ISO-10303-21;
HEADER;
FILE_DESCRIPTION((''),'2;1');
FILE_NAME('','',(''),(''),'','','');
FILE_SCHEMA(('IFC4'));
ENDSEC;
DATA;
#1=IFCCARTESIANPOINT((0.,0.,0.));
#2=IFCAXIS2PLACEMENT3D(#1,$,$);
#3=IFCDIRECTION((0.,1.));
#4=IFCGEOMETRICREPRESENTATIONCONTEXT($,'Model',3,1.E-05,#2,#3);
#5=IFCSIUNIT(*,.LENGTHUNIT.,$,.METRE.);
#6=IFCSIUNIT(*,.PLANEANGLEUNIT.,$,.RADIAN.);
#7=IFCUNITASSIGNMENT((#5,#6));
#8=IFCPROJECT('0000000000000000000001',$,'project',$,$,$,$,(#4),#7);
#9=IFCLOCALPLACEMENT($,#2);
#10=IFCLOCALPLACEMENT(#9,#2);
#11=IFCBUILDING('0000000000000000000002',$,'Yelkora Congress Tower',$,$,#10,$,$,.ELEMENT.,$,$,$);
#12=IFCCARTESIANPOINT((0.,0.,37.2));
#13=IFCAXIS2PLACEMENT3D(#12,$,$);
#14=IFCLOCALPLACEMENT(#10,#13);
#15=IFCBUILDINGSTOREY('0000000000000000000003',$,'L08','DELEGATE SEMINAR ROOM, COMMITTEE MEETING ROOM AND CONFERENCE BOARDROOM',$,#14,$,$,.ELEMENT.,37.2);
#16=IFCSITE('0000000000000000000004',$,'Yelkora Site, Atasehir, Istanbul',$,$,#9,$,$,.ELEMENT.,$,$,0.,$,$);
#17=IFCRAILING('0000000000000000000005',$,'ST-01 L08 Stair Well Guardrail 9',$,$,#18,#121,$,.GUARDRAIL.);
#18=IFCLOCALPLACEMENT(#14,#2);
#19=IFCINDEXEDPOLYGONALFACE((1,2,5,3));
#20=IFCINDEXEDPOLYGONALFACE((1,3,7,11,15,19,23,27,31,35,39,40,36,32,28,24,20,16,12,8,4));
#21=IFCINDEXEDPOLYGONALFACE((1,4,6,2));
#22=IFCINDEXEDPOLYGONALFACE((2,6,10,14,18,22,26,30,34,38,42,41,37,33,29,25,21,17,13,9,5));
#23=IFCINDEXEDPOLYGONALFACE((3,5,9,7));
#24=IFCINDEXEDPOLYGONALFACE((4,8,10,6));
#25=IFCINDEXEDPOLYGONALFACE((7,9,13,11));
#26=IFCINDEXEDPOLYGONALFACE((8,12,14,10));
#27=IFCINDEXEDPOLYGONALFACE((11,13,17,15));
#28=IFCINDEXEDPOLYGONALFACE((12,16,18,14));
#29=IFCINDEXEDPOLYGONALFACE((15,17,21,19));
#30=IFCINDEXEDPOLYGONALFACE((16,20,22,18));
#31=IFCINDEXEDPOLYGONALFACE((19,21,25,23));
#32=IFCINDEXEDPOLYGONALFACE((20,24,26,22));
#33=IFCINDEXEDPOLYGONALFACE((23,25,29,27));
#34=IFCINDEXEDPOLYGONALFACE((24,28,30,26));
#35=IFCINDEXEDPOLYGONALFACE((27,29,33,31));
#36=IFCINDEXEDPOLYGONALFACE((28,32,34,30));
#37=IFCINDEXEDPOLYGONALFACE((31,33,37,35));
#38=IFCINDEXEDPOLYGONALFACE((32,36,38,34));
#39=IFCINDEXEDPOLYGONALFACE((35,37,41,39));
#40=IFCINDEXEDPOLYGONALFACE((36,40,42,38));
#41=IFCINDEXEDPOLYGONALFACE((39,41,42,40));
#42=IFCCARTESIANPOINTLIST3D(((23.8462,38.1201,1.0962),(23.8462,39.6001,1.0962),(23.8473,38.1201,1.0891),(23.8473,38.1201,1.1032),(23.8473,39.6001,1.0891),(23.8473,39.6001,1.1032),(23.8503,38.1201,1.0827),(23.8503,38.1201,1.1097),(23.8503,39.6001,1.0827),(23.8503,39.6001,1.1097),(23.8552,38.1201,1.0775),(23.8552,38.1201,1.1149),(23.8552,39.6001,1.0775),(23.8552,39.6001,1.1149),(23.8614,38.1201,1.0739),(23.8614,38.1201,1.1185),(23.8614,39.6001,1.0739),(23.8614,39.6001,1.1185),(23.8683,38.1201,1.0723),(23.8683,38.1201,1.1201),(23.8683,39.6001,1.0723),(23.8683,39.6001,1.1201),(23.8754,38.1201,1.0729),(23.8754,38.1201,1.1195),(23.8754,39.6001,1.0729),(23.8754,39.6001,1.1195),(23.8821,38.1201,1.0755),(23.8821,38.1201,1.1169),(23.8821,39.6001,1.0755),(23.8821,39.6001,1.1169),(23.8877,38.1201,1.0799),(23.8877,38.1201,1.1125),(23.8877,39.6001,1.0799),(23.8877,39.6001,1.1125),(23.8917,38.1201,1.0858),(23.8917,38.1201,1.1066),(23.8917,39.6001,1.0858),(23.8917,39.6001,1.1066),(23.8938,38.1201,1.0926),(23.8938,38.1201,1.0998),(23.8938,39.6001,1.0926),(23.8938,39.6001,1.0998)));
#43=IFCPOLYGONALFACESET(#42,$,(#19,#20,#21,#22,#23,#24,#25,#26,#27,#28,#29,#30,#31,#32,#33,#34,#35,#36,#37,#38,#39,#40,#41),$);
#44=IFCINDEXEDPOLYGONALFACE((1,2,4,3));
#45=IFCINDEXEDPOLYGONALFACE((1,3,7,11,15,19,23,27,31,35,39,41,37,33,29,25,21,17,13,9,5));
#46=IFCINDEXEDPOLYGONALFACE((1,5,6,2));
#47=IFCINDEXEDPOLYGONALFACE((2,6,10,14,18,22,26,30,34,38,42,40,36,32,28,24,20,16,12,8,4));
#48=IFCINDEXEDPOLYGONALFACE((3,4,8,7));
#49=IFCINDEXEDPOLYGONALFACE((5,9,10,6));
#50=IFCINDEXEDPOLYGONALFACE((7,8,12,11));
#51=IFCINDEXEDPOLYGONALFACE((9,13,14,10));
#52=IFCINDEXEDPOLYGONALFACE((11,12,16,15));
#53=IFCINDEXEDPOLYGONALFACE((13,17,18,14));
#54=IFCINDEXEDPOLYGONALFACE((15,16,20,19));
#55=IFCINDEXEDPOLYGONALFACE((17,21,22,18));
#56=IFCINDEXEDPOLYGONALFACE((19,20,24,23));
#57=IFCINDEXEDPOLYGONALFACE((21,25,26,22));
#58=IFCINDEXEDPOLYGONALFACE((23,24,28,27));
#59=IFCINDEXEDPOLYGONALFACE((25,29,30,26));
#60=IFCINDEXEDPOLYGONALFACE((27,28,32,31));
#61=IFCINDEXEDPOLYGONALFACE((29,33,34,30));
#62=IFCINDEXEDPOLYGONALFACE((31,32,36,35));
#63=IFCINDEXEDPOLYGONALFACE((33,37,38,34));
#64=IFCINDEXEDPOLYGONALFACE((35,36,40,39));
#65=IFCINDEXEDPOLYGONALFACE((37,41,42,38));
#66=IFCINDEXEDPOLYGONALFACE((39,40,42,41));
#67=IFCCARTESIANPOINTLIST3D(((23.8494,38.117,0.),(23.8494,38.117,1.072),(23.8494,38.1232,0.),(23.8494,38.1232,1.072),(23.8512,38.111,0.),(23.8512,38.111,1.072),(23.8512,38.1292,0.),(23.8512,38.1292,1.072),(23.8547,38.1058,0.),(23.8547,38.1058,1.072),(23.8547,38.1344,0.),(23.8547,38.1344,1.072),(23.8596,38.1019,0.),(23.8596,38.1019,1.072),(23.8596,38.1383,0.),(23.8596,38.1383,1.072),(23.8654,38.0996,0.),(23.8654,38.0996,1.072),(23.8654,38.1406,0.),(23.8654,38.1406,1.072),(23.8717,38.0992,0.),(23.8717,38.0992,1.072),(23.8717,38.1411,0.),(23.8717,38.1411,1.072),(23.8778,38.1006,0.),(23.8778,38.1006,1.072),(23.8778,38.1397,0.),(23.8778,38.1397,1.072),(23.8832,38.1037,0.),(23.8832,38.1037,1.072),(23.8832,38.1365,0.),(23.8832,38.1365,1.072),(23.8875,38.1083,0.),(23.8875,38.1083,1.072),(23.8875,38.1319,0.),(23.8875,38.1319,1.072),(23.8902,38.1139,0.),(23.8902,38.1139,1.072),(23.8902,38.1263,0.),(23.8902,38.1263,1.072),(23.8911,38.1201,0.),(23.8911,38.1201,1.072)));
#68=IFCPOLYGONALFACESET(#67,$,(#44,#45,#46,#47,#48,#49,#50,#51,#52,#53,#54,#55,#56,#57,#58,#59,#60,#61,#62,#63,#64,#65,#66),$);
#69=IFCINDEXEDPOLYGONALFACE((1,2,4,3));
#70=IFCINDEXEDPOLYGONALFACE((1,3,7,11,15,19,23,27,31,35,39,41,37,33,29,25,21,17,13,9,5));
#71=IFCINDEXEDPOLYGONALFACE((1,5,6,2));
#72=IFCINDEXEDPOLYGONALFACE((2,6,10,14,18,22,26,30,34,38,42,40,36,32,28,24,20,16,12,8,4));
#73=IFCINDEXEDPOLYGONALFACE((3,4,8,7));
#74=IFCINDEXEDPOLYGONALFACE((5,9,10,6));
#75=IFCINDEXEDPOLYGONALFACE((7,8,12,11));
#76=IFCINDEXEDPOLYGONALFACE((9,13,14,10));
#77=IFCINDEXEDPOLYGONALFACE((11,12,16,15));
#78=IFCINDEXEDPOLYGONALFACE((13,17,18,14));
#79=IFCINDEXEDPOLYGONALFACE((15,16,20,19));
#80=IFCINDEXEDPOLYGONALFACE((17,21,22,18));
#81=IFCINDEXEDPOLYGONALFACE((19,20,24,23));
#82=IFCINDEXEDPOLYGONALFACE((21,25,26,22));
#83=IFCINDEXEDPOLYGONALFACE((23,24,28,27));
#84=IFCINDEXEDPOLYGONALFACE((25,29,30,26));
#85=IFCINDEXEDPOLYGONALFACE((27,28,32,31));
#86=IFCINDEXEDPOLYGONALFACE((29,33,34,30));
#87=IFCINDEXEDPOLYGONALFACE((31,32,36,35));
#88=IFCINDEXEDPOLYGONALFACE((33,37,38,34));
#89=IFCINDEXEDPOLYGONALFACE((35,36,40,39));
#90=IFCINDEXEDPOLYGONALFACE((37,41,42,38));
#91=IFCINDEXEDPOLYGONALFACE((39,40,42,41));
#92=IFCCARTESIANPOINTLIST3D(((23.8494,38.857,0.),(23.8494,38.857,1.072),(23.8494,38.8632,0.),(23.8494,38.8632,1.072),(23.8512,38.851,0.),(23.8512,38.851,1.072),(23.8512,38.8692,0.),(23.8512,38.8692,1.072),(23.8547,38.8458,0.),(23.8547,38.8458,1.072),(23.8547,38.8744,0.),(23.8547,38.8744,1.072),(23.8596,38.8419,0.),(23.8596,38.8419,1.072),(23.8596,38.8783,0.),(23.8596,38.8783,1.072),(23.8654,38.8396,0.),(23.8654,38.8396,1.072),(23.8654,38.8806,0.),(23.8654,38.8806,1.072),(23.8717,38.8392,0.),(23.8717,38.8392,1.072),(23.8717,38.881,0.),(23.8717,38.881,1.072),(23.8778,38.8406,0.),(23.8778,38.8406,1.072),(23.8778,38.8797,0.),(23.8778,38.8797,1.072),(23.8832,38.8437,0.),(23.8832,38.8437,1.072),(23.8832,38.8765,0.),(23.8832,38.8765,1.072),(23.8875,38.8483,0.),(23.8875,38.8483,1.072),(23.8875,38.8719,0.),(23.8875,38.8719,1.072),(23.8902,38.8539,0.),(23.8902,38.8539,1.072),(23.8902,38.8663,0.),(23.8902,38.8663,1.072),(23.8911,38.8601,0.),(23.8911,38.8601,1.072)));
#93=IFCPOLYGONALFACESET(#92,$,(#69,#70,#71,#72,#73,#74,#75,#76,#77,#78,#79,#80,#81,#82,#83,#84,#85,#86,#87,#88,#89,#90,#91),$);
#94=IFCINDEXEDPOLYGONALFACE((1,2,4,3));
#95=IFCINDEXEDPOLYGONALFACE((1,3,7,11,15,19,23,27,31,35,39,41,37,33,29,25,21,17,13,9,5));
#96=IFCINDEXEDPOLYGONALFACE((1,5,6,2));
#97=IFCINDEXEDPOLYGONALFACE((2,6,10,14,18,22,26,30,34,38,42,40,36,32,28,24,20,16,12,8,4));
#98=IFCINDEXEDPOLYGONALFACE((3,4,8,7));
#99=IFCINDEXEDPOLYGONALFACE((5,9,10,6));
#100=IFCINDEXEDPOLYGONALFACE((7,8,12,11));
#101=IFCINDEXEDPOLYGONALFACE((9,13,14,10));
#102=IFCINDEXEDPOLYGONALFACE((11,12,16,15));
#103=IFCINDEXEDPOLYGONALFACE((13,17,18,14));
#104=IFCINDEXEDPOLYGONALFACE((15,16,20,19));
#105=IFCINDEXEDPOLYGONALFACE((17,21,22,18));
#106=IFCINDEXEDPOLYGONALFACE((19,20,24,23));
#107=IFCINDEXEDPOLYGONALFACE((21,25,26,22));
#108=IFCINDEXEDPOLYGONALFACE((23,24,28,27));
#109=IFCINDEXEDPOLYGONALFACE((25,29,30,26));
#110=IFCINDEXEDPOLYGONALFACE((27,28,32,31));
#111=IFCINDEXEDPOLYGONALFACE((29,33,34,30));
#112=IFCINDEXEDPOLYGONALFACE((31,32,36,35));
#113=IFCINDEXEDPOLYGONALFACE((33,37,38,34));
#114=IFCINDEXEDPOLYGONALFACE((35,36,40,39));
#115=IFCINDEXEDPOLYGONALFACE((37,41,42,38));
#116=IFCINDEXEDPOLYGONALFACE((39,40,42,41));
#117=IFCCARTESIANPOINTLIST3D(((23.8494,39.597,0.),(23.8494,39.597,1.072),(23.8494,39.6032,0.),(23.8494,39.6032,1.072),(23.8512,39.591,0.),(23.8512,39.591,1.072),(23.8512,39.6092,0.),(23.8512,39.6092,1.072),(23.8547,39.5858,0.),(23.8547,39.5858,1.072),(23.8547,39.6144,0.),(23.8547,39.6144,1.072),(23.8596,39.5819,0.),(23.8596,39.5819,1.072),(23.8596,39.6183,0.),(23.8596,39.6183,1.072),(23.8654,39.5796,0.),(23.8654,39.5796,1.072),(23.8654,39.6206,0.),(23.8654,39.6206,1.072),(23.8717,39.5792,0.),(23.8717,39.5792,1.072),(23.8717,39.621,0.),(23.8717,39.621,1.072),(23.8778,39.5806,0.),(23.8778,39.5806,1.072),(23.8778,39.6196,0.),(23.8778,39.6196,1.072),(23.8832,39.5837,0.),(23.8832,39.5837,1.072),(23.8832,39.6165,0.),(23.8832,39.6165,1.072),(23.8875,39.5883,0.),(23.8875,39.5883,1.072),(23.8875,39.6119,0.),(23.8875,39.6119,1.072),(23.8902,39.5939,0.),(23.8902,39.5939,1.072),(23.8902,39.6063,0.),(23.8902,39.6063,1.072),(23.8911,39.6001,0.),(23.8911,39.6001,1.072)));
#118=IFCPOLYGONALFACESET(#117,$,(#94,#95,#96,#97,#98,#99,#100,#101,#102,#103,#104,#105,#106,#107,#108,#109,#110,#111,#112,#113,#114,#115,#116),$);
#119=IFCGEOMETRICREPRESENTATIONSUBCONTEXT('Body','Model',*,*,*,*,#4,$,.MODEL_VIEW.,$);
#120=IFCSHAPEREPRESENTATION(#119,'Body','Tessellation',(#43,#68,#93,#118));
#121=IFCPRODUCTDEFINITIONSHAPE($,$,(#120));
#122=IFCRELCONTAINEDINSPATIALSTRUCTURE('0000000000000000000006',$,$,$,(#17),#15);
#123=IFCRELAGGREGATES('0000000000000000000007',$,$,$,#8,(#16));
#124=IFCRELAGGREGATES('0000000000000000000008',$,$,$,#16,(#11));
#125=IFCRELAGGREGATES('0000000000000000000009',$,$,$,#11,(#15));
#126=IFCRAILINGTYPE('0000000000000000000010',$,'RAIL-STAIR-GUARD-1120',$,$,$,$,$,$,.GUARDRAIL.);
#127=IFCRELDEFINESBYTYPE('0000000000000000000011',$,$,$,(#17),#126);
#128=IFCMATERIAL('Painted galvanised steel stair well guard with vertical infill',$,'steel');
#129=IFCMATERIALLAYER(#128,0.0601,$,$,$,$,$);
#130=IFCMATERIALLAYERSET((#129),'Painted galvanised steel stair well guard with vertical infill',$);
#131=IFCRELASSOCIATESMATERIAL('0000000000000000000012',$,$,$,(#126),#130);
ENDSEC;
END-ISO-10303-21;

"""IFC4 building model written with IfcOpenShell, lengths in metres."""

from ifc_helpers import new_model, si_unit, direction, frame, origin, origin_2d, place, context, subcontext, project, spatial, circle, extrude, material, layer, layer_set, type_object, element, save


model = new_model("IFC4")

# Units and contexts
model_context = context("Model", 3, precision=1e-05, world=origin(), true_north=direction((0.0, 1.0)))
body_context = subcontext(model_context, "Body", "Model", "MODEL_VIEW")
ifc_project = project(units=[si_unit("LENGTHUNIT", "METRE"), si_unit("PLANEANGLEUNIT", "RADIAN")], contexts=[model_context])

# Site, building, storey
site_placement = place(None, origin())
site = spatial("IfcSite", under=ifc_project, at=site_placement, Name="Yelkora Site, Atasehir, Istanbul", CompositionType="ELEMENT", RefElevation=0.0)
building_placement = place(site_placement, origin())
building = spatial("IfcBuilding", under=site, at=building_placement, Name="Yelkora Congress Tower", CompositionType="ELEMENT")
storey_placement = place(building_placement, frame((0.0, 0.0, 37.2)))
storey = spatial("IfcBuildingStorey", under=building, at=storey_placement, Name="L08", Description="DELEGATE SEMINAR ROOM, COMMITTEE MEETING ROOM AND CONFERENCE BOARDROOM", CompositionType="ELEMENT", Elevation=37.2)

# Railing
ifc_material_1 = material(Name="Painted galvanised steel stair well guard with vertical infill", Category="steel")
ifc_layer_1 = layer(ifc_material_1, 0.0601)
ifc_layer_set_1 = layer_set([ifc_layer_1], Name="Painted galvanised steel stair well guard with vertical infill")
railing_type_1 = type_object("IfcRailingType", Name="RAIL-STAIR-GUARD-1120", PredefinedType="GUARDRAIL", material=ifc_layer_set_1)
for number, where, name in (
    (1, (23.8701, 38.1201, 0.0), "ST-01 L08 Stair Well Guardrail 9"),
):
    element("IfcRailing", number, at=place(storey_placement, frame(where)), inside=storey, type_object=railing_type_1, Name=name, PredefinedType="GUARDRAIL", context=body_context, shape_type="SweptSolid", body=[
        extrude(circle(Radius=0.0239, at=origin_2d()), frame((0.0, 0.0, 1.0962), z_axis=(0.0, 1.0, 0.0), x_axis=(-1.0, 0.0, 0.0)), (0.0, 0.0, 1.0), 1.48),
        extrude(circle(Radius=0.021, at=origin_2d()), origin(), (0.0, 0.0, 1.0), 1.072),
        extrude(circle(Radius=0.021, at=origin_2d()), frame((0.0, 0.74, 0.0)), (0.0, 0.0, 1.0), 1.072),
        extrude(circle(Radius=0.021, at=origin_2d()), frame((0.0, 1.48, 0.0)), (0.0, 0.0, 1.0), 1.072),
    ])

save(model, "model.ifc")
